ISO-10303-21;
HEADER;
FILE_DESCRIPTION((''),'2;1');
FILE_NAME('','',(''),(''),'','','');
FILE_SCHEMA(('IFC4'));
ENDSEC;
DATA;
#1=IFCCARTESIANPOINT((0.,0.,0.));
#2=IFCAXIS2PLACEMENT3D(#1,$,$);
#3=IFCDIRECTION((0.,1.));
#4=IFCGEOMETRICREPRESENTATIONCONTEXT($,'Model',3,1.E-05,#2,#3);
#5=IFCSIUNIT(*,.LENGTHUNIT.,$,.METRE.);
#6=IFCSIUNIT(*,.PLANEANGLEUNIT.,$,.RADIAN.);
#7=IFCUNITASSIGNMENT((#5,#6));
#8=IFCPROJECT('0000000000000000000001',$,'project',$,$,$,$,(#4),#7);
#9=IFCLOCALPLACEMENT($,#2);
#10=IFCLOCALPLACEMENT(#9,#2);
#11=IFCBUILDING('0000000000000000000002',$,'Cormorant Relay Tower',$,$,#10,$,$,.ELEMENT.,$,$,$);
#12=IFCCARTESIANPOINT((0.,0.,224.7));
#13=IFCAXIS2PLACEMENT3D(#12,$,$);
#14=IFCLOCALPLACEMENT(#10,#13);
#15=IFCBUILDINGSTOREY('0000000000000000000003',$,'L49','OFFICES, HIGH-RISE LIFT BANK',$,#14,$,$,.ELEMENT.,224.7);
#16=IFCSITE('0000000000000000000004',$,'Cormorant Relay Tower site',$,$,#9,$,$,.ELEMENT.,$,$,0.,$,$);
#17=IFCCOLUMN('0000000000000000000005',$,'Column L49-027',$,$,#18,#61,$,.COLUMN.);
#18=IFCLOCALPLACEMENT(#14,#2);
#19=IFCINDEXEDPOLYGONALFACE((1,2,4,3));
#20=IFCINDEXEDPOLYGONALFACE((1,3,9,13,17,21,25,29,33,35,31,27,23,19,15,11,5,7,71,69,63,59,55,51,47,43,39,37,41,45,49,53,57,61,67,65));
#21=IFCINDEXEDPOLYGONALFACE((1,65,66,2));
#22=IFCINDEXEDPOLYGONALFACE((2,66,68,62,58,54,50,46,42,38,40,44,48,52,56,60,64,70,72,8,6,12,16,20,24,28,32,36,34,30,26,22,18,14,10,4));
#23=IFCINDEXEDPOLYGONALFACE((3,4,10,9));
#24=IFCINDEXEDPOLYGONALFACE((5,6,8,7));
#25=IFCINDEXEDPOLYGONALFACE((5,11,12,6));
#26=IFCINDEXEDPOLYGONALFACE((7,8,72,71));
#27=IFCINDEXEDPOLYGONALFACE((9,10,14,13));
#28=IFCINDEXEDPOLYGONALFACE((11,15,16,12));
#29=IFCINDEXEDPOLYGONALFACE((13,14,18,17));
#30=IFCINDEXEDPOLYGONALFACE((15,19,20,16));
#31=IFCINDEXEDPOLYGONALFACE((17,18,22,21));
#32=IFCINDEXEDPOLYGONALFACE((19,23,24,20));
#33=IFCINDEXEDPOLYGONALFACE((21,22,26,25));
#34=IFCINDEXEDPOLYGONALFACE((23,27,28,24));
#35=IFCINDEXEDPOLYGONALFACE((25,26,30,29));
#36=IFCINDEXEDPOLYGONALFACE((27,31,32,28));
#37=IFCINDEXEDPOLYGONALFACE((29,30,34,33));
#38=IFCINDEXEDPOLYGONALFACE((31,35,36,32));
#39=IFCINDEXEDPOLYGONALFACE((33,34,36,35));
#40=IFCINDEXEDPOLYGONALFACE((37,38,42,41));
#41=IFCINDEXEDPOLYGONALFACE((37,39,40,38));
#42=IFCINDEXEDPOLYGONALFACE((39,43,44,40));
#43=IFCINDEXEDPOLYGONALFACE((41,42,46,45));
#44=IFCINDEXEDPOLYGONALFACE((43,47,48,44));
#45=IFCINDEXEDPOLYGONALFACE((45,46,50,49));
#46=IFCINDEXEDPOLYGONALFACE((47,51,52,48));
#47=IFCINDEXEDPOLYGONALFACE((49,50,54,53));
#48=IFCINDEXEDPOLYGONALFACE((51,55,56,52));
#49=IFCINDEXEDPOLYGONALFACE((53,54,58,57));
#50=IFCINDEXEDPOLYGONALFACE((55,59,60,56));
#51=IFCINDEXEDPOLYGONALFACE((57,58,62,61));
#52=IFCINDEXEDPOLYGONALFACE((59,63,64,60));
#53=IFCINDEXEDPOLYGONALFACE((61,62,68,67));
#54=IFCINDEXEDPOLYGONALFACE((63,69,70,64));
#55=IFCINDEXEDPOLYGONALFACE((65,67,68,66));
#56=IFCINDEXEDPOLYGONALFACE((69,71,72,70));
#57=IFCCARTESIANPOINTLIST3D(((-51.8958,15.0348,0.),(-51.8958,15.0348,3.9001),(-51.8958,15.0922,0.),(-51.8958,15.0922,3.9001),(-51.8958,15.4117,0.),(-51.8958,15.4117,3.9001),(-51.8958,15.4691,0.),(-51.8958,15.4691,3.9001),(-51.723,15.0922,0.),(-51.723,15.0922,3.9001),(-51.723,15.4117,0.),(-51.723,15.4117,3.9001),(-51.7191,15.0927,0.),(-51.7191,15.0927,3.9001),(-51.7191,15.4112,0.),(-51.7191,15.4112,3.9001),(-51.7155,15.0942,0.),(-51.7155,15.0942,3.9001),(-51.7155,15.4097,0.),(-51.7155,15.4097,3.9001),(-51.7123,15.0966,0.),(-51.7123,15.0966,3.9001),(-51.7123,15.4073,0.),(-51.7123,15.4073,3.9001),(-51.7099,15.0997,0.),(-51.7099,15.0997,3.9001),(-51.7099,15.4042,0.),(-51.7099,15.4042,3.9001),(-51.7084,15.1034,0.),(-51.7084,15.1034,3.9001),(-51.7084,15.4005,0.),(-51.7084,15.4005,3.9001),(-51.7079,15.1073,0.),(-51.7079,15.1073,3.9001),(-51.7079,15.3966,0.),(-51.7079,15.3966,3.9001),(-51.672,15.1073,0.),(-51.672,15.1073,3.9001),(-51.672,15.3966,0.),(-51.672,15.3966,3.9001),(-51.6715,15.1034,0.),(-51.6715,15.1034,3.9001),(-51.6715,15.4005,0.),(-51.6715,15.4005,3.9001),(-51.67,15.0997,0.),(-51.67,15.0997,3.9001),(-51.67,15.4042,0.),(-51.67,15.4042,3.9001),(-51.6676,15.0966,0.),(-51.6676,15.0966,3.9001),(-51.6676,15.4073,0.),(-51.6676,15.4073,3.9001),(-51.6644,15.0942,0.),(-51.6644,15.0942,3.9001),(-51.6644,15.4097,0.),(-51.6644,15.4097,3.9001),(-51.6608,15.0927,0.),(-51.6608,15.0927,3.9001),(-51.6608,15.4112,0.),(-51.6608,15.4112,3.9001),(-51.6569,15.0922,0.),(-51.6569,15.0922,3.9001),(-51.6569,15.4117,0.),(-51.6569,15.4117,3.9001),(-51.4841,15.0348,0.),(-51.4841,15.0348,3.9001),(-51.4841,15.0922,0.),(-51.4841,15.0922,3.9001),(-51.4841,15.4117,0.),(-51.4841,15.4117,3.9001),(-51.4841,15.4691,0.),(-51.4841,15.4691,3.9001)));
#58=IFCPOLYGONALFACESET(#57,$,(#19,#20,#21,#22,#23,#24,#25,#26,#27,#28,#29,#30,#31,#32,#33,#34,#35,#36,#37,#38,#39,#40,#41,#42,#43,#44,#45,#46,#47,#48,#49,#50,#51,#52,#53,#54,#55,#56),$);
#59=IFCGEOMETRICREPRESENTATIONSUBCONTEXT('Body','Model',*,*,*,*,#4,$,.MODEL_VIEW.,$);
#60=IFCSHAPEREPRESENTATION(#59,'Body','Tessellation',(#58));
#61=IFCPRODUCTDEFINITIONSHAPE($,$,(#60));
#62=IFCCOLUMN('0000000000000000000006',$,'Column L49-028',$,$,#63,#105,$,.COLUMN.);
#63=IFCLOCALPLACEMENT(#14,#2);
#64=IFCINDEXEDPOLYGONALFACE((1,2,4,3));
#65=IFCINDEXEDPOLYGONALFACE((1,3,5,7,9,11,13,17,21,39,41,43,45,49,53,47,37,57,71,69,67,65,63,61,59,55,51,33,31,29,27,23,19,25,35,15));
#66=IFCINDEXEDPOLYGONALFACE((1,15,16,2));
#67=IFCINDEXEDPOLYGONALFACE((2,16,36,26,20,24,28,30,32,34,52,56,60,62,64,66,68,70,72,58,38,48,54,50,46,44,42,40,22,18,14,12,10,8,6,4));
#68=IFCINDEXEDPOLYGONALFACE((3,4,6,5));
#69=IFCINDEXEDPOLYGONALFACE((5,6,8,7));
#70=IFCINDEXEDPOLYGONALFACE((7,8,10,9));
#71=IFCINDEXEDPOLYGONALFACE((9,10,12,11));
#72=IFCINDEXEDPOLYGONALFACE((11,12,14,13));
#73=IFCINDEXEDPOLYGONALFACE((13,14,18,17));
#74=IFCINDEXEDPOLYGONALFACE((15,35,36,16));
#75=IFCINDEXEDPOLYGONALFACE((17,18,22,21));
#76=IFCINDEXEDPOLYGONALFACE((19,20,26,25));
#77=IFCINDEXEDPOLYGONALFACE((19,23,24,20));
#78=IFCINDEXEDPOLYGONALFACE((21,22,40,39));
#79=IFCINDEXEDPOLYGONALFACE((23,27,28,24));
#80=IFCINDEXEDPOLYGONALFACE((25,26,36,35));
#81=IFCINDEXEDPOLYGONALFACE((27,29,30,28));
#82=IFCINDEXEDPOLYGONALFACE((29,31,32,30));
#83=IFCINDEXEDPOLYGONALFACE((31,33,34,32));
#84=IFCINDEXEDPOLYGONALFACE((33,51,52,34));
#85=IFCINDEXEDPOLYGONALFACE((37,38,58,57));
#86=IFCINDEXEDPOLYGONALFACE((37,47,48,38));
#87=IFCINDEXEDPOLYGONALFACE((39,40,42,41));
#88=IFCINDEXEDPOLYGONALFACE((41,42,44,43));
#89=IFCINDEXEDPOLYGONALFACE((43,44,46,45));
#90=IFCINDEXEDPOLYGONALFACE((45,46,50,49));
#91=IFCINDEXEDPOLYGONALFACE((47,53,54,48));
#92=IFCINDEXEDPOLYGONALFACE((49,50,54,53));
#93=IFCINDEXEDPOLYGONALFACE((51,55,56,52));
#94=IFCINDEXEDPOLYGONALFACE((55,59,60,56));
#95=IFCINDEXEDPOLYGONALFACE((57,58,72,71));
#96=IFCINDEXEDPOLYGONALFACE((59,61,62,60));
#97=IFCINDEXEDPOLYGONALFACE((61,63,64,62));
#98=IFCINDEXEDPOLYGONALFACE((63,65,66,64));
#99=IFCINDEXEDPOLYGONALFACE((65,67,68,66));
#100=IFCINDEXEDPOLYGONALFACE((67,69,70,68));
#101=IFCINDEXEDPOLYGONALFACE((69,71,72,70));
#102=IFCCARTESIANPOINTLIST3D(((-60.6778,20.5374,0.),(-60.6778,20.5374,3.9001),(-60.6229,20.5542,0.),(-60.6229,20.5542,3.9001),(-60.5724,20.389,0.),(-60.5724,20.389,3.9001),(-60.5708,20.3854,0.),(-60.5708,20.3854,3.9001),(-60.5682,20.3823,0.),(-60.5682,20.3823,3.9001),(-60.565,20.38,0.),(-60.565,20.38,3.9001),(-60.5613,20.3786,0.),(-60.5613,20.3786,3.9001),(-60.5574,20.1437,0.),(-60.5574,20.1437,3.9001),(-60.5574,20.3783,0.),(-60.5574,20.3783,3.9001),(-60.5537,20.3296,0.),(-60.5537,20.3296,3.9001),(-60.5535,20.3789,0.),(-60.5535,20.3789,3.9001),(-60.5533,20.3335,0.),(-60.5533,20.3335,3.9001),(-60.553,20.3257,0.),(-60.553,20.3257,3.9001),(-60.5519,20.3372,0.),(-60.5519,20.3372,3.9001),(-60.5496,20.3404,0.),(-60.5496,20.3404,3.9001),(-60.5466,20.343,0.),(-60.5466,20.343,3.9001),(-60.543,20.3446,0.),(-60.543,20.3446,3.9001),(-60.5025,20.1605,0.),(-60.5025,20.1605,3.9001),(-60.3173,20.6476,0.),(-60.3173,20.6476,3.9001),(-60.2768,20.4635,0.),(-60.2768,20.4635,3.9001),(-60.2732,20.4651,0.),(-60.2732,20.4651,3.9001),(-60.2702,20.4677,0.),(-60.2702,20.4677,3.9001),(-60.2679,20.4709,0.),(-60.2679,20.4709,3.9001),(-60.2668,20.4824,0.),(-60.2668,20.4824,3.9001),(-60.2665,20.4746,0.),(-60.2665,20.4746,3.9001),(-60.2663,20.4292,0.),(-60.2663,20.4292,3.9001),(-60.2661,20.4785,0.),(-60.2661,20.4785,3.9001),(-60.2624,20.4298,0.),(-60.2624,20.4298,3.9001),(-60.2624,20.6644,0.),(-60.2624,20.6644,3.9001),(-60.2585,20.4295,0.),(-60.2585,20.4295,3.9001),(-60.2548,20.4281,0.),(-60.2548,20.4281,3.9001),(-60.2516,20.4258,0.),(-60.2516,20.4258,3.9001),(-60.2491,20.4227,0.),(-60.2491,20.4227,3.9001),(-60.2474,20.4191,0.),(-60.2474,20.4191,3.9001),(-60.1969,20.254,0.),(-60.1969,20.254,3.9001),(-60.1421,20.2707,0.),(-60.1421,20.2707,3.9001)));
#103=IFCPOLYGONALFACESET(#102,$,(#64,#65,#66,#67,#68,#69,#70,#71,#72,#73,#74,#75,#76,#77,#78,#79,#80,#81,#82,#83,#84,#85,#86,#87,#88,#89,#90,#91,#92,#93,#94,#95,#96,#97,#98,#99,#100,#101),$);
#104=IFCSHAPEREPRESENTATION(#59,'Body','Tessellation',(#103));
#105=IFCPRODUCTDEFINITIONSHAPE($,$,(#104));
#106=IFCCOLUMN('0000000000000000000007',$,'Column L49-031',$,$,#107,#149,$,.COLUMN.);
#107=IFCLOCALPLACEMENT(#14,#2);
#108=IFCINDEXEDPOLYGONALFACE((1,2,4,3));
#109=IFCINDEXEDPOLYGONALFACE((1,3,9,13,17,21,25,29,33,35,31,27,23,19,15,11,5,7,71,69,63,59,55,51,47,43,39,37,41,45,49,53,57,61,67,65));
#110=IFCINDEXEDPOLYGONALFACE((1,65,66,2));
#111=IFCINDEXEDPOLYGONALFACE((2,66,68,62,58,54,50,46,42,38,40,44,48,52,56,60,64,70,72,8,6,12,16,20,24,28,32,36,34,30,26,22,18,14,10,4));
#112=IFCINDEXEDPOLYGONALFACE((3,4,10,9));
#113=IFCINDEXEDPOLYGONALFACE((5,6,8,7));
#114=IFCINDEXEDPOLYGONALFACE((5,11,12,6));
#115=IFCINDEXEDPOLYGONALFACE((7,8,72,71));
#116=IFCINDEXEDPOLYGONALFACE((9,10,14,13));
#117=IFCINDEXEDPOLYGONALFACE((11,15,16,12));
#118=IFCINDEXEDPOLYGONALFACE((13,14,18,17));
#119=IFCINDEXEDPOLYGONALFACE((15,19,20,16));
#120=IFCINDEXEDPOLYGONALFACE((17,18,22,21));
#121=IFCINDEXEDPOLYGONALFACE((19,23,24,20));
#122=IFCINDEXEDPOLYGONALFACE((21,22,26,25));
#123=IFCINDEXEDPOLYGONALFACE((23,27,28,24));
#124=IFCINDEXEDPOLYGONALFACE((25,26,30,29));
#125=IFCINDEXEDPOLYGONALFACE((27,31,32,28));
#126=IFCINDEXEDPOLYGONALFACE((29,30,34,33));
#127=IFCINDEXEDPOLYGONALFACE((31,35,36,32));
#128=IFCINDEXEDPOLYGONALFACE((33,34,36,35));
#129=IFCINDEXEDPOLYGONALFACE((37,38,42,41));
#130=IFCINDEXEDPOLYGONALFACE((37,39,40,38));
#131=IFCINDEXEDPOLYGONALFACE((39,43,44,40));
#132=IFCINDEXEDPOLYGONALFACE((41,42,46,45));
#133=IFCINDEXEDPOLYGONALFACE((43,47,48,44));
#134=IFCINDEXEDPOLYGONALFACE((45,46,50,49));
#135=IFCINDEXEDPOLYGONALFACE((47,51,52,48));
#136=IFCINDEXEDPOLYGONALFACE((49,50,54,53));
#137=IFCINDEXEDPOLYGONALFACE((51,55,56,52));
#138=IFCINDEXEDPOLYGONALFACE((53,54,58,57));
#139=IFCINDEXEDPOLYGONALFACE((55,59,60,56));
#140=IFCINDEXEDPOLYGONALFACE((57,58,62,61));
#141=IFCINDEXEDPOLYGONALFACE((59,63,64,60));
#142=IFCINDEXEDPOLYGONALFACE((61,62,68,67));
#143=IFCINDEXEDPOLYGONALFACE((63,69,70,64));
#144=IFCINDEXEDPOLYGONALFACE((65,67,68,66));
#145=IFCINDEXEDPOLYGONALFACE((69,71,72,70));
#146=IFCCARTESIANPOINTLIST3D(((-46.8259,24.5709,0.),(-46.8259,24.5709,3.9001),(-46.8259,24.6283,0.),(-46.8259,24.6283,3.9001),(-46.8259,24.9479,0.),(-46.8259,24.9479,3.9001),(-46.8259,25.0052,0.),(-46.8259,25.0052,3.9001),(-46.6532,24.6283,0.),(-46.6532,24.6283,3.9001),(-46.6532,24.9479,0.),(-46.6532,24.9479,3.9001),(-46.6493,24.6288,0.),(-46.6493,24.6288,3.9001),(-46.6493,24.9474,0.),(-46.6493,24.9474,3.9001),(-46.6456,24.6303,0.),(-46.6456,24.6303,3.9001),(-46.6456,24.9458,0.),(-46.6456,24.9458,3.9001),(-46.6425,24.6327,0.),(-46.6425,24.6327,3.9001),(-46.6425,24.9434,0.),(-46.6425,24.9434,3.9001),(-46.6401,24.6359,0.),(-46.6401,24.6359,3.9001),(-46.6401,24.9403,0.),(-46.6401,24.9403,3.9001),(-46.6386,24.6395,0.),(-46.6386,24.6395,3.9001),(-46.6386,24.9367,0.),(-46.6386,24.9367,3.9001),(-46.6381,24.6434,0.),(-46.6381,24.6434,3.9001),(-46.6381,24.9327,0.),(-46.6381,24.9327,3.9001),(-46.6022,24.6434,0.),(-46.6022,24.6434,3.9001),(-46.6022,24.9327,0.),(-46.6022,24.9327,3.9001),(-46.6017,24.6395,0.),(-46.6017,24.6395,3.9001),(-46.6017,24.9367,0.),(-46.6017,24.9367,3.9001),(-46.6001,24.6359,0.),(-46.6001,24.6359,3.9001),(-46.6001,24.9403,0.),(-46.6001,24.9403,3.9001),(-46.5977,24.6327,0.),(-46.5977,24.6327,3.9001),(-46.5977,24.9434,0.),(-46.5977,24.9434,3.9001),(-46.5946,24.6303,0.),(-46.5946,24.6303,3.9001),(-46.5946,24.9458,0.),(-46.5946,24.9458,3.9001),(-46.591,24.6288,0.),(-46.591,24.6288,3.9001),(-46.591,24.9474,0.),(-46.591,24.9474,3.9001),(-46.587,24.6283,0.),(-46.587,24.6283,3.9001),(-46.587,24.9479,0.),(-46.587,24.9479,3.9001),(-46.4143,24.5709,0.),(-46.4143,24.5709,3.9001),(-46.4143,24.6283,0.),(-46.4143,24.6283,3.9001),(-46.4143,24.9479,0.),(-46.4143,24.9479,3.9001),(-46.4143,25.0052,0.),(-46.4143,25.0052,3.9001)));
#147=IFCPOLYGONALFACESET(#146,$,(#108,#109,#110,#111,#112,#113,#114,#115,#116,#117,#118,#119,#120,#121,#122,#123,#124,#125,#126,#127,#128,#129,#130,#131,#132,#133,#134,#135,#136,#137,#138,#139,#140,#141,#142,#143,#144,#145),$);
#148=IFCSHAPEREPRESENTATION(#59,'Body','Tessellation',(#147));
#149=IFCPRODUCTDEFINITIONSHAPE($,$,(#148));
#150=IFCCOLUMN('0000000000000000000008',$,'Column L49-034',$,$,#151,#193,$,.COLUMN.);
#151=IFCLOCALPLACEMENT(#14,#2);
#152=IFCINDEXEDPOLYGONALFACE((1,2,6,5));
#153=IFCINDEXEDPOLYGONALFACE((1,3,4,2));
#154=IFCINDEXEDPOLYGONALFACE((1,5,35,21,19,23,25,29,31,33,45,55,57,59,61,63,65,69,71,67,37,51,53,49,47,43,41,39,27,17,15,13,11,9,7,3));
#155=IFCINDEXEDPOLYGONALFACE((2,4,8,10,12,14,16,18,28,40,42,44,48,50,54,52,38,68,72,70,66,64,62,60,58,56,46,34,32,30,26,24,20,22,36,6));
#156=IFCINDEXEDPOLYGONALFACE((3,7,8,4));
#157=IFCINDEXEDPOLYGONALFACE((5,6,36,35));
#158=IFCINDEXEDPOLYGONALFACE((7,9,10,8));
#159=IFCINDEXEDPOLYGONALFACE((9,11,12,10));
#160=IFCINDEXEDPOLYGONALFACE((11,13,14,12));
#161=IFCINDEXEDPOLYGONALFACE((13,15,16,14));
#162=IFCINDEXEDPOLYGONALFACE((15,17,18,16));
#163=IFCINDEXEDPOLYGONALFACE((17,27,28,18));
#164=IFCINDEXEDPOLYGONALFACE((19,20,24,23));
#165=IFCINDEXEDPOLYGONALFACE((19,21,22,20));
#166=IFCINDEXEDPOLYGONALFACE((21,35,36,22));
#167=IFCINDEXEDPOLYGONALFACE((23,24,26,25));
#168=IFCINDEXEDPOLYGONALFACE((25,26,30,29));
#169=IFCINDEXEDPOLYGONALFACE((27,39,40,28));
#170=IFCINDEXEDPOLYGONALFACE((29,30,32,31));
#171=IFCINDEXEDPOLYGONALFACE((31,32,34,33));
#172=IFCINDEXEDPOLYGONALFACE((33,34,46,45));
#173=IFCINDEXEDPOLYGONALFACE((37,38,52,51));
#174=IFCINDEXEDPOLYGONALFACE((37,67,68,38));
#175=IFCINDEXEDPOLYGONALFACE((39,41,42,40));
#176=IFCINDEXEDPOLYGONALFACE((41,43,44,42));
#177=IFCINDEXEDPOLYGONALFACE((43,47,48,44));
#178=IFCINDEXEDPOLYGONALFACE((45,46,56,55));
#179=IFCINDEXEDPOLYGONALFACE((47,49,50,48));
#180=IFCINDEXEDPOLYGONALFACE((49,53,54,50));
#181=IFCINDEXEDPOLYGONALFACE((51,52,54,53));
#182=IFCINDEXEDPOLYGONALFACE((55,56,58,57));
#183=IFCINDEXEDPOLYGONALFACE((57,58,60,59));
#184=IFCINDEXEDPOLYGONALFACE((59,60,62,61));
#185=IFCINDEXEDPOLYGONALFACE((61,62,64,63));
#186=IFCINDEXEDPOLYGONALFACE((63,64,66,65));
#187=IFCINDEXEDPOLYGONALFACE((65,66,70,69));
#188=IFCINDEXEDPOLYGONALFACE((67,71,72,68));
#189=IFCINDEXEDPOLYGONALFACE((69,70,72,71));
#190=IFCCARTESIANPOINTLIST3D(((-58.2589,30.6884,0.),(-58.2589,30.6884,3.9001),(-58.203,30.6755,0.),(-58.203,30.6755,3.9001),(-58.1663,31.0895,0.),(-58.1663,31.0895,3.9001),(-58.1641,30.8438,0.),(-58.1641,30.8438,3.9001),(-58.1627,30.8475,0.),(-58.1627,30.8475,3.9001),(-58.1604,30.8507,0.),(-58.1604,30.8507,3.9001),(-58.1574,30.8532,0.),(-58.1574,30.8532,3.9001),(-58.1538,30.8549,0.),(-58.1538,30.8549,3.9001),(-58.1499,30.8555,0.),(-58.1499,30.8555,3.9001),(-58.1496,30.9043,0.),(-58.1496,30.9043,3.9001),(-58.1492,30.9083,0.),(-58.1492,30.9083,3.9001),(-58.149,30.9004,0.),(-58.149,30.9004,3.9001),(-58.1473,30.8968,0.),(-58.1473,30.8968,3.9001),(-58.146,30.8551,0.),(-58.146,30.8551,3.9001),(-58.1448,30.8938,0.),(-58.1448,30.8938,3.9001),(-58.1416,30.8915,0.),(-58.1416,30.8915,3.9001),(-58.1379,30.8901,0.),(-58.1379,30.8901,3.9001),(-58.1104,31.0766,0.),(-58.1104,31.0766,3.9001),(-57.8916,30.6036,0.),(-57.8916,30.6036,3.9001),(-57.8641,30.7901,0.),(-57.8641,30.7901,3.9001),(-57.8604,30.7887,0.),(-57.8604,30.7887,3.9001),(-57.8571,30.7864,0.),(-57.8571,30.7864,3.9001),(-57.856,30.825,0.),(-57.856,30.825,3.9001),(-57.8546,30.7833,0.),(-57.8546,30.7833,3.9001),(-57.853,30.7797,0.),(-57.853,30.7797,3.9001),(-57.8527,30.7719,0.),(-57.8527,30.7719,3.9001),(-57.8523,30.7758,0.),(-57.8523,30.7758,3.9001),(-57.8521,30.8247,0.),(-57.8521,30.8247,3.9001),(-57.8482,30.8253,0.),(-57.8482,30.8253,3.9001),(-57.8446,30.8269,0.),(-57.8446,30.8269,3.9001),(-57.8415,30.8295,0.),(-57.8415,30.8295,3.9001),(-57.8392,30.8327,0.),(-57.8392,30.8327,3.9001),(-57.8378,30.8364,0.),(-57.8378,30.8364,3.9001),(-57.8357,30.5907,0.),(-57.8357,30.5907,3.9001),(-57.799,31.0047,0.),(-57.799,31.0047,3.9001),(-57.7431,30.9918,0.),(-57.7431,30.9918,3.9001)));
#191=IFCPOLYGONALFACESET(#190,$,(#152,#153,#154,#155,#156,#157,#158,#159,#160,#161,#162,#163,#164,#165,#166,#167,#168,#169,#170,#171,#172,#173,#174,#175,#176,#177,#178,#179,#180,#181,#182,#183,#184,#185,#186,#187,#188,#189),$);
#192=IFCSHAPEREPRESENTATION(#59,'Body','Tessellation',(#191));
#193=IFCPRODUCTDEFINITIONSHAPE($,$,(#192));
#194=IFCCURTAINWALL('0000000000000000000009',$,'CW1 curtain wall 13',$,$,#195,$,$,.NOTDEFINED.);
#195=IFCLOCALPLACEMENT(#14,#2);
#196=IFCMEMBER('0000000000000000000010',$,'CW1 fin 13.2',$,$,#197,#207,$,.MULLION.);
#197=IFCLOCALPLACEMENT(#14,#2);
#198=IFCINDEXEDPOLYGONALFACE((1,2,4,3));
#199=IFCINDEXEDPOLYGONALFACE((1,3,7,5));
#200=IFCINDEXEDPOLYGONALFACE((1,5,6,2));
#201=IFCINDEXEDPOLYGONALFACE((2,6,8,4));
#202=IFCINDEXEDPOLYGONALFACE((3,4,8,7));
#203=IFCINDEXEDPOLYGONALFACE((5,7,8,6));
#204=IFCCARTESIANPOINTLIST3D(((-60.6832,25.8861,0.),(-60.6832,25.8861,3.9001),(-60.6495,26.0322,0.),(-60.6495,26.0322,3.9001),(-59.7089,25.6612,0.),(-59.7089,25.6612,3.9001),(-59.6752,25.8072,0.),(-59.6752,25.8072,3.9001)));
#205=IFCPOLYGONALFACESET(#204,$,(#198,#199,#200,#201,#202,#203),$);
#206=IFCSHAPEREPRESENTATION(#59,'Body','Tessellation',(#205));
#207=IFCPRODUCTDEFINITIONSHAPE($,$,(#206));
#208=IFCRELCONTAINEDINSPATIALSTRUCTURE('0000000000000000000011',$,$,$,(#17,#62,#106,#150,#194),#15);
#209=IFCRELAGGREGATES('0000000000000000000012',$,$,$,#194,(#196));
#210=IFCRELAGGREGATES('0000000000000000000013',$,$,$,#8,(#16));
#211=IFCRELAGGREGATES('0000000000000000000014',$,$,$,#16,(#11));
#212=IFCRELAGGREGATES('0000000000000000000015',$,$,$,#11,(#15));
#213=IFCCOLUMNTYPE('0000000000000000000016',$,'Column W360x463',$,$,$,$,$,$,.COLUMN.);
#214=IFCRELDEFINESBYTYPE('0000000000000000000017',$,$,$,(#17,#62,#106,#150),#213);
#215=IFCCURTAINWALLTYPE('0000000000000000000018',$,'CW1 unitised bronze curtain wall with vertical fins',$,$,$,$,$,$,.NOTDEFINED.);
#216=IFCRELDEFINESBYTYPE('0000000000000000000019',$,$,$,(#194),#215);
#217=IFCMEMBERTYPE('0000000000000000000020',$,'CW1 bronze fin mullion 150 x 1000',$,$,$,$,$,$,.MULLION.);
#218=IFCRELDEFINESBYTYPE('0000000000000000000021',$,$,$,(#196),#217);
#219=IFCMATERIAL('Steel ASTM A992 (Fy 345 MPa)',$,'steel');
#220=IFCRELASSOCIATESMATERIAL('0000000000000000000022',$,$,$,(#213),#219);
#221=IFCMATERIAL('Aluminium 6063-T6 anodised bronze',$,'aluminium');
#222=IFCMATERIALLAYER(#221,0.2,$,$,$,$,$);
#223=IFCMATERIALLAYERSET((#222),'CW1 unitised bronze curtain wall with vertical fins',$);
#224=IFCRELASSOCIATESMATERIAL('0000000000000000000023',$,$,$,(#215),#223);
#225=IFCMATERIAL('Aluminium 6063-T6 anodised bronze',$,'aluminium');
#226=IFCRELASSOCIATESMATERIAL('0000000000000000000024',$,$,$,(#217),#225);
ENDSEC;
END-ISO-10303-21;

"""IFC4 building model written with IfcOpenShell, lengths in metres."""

from ifc_helpers import new_model, si_unit, direction, frame, origin, origin_2d, place, context, subcontext, project, spatial, rectangle, i_section, extrude, material, layer, layer_set, material_profile, profile_set, type_object, element, aggregate, save


model = new_model("IFC4")

# Units and contexts
model_context = context("Model", 3, precision=1e-05, world=origin(), true_north=direction((0.0, 1.0)))
body_context = subcontext(model_context, "Body", "Model", "MODEL_VIEW")
ifc_project = project(units=[si_unit("LENGTHUNIT", "METRE"), si_unit("PLANEANGLEUNIT", "RADIAN")], contexts=[model_context])

# Site, building, storey
site_placement = place(None, origin())
site = spatial("IfcSite", under=ifc_project, at=site_placement, Name="Cormorant Relay Tower site", CompositionType="ELEMENT", RefElevation=0.0)
building_placement = place(site_placement, origin())
building = spatial("IfcBuilding", under=site, at=building_placement, Name="Cormorant Relay Tower", CompositionType="ELEMENT")
storey_placement = place(building_placement, frame((0.0, 0.0, 224.7)))
storey = spatial("IfcBuildingStorey", under=building, at=storey_placement, Name="L49", Description="OFFICES, HIGH-RISE LIFT BANK", CompositionType="ELEMENT", Elevation=224.7)

# Columns
ifc_material_1 = material(Name="Steel ASTM A992 (Fy 345 MPa)", Category="steel")
ifc_material_profile_1 = material_profile(ifc_material_1, i_section(OverallWidth=0.4116, OverallDepth=0.4343, WebThickness=0.0359, FlangeThickness=0.0574, FilletRadius=0.0151, at=origin_2d()), Name="W360x463")
ifc_profile_set_1 = profile_set([ifc_material_profile_1], Name="Steel ASTM A992 (Fy 345 MPa)")
column_type = type_object("IfcColumnType", Name="Column W360x463", PredefinedType="COLUMN", material=ifc_profile_set_1)
for number, where, z_axis, x_axis, name in (
    (1, (-51.6899, 15.252, 0.0), (0.0, 0.0, 1.0), (1.0, 0.0, 0.0), "Column L49-027"),
    (2, (-60.4099, 20.4041, 0.0), (0.0, 0.0, 1.0), (0.292372, -0.956305, 0.0), "Column L49-028"),
    (3, (-46.6201, 24.7881, 0.0), (0.0, 0.0, 1.0), (1.0, 0.0, 0.0), "Column L49-031"),
    (4, (-58.001, 30.8401, 0.0), (0.0, 0.0, 1.0), (-0.224951, -0.97437, 0.0), "Column L49-034"),
):
    element("IfcColumn", number, at=place(storey_placement, frame(where, z_axis=z_axis, x_axis=x_axis)), inside=storey, type_object=column_type, Name=name, PredefinedType="COLUMN", context=body_context, shape_type="SweptSolid", body=[
        extrude(i_section(OverallWidth=0.4116, OverallDepth=0.4343, WebThickness=0.0359, FlangeThickness=0.0574, FilletRadius=0.0151, at=origin_2d()), origin(), (0.0, 0.0, 1.0), 3.9001),
    ])

# Curtain wall, member
ifc_material_2 = material(Name="Aluminium 6063-T6 anodised bronze", Category="aluminium")
ifc_layer_1 = layer(ifc_material_2, 0.2)
ifc_layer_set_1 = layer_set([ifc_layer_1], Name="CW1 unitised bronze curtain wall with vertical fins")
curtain_wall_type = type_object("IfcCurtainWallType", Name="CW1 unitised bronze curtain wall with vertical fins", PredefinedType="NOTDEFINED", material=ifc_layer_set_1)
curtain_wall_1_placement = place(storey_placement, origin())
curtain_wall_1 = element("IfcCurtainWall", 5, at=curtain_wall_1_placement, inside=storey, type_object=curtain_wall_type, Name="CW1 curtain wall 13", PredefinedType="NOTDEFINED")
ifc_material_3 = material(Name="Aluminium 6063-T6 anodised bronze", Category="aluminium")
ifc_material_profile_2 = material_profile(ifc_material_3, rectangle(XDim=0.1499, YDim=1.0, at=origin_2d()), Name="AL 150x1000")
ifc_profile_set_2 = profile_set([ifc_material_profile_2], Name="Aluminium 6063-T6 anodised bronze")
member_type_1 = type_object("IfcMemberType", Name="CW1 bronze fin mullion 150 x 1000", PredefinedType="MULLION", material=ifc_profile_set_2)
member_1_placement = place(storey_placement, frame((-60.1792, 25.8467, 0.0), z_axis=(0.0, 0.0, 1.0), x_axis=(-0.224951, -0.97437, 0.0)))
member_1 = element("IfcMember", 6, at=member_1_placement, type_object=member_type_1, Name="CW1 fin 13.2", PredefinedType="MULLION", context=body_context, shape_type="SweptSolid", body=[
    extrude(rectangle(XDim=0.1499, YDim=1.0, at=origin_2d()), origin(), (0.0, 0.0, 1.0), 3.9001),
])

aggregate(curtain_wall_1, [member_1])

save(model, "model.ifc")
